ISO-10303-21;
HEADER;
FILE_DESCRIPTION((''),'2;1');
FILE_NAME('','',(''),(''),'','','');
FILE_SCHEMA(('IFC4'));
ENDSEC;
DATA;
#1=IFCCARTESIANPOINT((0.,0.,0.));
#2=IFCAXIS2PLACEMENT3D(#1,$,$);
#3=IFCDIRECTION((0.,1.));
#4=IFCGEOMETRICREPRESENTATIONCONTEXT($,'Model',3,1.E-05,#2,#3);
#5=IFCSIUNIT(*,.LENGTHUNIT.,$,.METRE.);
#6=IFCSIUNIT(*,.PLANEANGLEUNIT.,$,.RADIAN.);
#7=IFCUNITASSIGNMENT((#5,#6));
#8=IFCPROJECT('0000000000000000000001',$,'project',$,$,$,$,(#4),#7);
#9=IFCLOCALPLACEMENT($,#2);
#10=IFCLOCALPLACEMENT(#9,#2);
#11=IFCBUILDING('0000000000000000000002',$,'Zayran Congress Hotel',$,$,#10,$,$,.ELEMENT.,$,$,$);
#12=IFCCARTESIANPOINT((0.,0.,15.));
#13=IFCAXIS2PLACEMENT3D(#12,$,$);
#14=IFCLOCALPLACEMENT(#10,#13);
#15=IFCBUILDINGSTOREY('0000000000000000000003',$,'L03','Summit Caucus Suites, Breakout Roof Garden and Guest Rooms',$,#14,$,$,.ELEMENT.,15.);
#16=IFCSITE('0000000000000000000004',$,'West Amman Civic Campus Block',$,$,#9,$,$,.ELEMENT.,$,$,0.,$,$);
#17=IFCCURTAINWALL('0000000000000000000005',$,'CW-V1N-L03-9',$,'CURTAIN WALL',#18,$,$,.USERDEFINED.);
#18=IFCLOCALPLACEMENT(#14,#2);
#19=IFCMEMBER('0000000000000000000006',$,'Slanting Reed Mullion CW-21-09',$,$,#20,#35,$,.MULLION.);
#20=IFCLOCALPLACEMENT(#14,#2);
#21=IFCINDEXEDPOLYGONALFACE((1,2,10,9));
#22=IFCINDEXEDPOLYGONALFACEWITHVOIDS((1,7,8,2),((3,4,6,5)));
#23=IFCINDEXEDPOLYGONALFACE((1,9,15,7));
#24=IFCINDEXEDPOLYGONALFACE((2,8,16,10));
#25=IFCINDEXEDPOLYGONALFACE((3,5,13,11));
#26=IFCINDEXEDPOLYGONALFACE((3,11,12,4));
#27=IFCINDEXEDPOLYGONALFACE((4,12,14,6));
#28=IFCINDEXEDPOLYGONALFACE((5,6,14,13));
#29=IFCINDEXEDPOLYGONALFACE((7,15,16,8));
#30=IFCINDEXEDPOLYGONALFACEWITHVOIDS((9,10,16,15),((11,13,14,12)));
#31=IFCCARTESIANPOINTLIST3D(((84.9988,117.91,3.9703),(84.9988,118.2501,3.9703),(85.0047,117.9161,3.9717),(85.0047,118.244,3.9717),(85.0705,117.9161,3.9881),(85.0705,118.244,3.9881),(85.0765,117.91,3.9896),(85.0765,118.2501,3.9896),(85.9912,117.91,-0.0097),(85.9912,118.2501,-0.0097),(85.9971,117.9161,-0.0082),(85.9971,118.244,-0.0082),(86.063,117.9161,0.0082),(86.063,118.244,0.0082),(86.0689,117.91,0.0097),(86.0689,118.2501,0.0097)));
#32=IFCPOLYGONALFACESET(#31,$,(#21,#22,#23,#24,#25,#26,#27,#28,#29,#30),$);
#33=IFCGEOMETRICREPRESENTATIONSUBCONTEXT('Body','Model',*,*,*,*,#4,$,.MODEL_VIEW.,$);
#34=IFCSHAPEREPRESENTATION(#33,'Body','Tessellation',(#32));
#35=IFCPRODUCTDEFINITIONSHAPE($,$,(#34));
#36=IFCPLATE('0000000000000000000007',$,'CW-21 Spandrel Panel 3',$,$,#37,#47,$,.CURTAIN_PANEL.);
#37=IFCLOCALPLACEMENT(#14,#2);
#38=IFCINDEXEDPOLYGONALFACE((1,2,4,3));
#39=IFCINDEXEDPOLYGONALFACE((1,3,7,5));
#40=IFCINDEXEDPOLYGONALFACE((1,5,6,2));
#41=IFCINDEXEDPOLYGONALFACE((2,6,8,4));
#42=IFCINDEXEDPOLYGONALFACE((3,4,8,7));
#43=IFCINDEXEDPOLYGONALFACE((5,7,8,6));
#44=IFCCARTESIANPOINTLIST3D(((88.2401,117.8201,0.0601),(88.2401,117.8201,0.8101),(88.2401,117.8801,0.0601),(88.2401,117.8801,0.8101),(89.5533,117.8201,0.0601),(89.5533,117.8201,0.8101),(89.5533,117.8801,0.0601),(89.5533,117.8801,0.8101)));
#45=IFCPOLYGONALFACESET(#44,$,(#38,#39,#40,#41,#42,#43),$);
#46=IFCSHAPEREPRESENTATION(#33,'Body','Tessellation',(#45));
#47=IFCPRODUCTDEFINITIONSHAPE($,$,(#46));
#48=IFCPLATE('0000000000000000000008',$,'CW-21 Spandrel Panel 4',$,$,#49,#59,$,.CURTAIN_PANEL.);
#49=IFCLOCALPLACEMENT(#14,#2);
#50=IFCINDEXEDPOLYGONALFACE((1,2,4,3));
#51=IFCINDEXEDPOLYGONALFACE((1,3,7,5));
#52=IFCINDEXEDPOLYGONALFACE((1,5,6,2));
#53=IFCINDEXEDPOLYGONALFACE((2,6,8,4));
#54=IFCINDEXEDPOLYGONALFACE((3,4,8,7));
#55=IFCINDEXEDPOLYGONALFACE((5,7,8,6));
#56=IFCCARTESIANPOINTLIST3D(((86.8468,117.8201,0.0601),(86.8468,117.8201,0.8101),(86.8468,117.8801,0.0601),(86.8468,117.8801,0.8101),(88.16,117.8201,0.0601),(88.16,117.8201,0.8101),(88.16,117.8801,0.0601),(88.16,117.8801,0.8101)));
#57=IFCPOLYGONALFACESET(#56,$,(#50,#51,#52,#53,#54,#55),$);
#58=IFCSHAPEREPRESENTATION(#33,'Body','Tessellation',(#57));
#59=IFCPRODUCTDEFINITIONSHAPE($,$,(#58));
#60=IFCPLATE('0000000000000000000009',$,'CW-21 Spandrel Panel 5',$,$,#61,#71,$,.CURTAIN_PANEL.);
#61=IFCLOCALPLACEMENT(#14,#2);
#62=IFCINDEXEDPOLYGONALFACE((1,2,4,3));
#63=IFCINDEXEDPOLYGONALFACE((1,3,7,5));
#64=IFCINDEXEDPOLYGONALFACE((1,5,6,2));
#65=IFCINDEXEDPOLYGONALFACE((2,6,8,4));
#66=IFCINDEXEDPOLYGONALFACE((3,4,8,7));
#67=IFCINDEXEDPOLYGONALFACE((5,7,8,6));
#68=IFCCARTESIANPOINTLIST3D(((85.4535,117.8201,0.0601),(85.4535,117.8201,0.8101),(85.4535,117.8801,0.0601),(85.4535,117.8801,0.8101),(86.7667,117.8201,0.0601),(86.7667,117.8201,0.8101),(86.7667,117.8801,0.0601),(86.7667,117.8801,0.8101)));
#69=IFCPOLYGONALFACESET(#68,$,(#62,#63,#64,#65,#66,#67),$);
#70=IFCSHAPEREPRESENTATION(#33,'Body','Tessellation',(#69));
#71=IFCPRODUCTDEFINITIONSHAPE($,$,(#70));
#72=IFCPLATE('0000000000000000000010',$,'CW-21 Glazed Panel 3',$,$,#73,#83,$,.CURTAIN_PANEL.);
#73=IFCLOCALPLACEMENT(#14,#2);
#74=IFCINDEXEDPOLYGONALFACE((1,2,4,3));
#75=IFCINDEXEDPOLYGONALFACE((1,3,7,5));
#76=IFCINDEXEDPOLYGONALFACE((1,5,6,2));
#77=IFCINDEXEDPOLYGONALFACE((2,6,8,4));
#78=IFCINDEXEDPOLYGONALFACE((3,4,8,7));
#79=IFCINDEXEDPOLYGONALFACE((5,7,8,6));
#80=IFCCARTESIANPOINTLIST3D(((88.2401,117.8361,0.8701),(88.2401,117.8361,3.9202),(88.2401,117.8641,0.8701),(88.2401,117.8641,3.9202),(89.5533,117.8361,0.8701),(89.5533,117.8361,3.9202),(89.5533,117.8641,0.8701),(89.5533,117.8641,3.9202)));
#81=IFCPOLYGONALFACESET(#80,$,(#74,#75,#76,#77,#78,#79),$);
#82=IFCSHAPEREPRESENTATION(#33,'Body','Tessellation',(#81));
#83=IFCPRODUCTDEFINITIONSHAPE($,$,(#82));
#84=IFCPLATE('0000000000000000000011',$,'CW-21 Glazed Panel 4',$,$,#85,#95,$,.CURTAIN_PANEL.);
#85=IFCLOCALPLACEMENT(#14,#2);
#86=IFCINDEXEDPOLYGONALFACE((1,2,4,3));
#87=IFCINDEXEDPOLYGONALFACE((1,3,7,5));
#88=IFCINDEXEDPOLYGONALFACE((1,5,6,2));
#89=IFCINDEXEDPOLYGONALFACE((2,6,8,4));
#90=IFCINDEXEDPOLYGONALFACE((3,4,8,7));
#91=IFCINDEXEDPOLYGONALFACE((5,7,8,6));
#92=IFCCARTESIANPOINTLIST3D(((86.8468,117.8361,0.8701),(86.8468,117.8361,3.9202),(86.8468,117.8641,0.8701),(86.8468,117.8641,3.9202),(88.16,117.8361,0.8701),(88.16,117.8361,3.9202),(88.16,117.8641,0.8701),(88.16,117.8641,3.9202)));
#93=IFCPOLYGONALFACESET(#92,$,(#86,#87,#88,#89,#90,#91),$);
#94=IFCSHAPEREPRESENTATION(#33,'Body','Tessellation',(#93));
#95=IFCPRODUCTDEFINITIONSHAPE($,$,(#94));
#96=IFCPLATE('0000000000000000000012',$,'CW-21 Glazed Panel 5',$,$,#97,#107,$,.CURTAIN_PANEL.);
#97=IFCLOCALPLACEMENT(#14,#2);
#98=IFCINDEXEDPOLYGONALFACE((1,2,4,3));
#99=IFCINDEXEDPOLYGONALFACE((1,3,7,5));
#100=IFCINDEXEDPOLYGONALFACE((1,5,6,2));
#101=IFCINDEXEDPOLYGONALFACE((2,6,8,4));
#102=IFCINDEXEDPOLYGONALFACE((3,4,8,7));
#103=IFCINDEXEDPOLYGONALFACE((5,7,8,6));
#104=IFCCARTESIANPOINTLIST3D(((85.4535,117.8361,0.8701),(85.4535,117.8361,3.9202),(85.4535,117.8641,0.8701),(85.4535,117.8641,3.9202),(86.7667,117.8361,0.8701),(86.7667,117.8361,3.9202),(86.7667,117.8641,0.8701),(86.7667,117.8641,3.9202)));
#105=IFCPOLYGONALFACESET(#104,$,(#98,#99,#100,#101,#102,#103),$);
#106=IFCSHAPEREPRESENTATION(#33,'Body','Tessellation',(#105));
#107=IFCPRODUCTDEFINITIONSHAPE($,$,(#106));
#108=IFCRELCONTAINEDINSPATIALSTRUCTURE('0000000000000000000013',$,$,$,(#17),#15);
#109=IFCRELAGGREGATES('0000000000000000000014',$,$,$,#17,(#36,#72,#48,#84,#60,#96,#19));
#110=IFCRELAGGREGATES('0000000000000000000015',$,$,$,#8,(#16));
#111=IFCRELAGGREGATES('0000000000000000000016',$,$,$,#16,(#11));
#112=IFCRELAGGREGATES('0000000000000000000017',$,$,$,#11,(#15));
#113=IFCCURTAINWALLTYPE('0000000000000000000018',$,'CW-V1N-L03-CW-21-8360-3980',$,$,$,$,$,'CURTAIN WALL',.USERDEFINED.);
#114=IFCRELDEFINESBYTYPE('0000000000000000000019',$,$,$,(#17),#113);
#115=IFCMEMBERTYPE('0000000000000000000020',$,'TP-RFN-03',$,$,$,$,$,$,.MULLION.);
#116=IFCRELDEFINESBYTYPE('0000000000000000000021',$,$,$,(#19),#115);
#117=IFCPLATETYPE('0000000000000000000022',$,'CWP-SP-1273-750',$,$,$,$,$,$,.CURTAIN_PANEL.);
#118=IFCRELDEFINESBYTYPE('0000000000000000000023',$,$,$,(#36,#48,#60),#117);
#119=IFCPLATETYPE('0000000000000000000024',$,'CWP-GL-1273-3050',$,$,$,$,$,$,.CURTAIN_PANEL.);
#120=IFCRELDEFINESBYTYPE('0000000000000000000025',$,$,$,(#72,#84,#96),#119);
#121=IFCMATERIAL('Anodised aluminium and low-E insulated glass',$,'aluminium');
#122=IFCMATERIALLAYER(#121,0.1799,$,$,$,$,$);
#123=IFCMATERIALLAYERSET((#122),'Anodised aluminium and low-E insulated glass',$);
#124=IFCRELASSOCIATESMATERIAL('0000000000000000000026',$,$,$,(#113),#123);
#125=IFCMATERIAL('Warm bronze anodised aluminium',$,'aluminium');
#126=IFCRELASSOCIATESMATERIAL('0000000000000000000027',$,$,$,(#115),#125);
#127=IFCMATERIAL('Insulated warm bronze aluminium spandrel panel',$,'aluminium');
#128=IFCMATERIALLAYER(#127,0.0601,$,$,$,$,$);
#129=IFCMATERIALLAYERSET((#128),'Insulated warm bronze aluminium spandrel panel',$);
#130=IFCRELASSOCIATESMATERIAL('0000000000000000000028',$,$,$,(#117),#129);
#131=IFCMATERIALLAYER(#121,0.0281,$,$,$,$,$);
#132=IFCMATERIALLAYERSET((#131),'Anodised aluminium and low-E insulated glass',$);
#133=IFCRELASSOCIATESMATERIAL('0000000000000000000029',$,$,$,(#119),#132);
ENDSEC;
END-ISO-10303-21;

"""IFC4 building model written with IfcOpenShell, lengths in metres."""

from ifc_helpers import new_model, si_unit, direction, frame, origin, origin_2d, place, context, subcontext, project, spatial, rectangle, hollow_rectangle, extrude, material, layer, layer_set, material_profile, profile_set, type_object, element, aggregate, save


model = new_model("IFC4")

# Units and contexts
model_context = context("Model", 3, precision=1e-05, world=origin(), true_north=direction((0.0, 1.0)))
body_context = subcontext(model_context, "Body", "Model", "MODEL_VIEW")
ifc_project = project(units=[si_unit("LENGTHUNIT", "METRE"), si_unit("PLANEANGLEUNIT", "RADIAN")], contexts=[model_context])

# Site, building, storey
site_placement = place(None, origin())
site = spatial("IfcSite", under=ifc_project, at=site_placement, Name="West Amman Civic Campus Block", CompositionType="ELEMENT", RefElevation=0.0)
building_placement = place(site_placement, origin())
building = spatial("IfcBuilding", under=site, at=building_placement, Name="Zayran Congress Hotel", CompositionType="ELEMENT")
storey_placement = place(building_placement, frame((0.0, 0.0, 15.0)))
storey = spatial("IfcBuildingStorey", under=building, at=storey_placement, Name="L03", Description="Summit Caucus Suites, Breakout Roof Garden and Guest Rooms", CompositionType="ELEMENT", Elevation=15.0)

# Curtain wall, member, plates
ifc_material_1 = material(Name="Anodised aluminium and low-E insulated glass", Category="aluminium")
ifc_layer_1 = layer(ifc_material_1, 0.1799)
ifc_layer_set_1 = layer_set([ifc_layer_1], Name="Anodised aluminium and low-E insulated glass")
curtain_wall_type = type_object("IfcCurtainWallType", Name="CW-V1N-L03-CW-21-8360-3980", ElementType="CURTAIN WALL", PredefinedType="USERDEFINED", material=ifc_layer_set_1)
curtain_wall_placement = place(storey_placement, origin())
curtain_wall = element("IfcCurtainWall", 1, at=curtain_wall_placement, inside=storey, type_object=curtain_wall_type, Name="CW-V1N-L03-9", ObjectType="CURTAIN WALL", PredefinedType="USERDEFINED")
ifc_material_2 = material(Name="Warm bronze anodised aluminium", Category="aluminium")
ifc_material_profile_1 = material_profile(ifc_material_2, hollow_rectangle(XDim=0.0801, YDim=0.3401, WallThickness=0.0061, at=origin_2d()), Name="RHS 340x80x6")
ifc_profile_set_1 = profile_set([ifc_material_profile_1], Name="Warm bronze anodised aluminium")
member_type_1 = type_object("IfcMemberType", Name="TP-RFN-03", PredefinedType="MULLION", material=ifc_profile_set_1)
member_1_placement = place(storey_placement, frame((86.03, 118.0801, 0.0), z_axis=(-0.241947, 0.0, 0.970289), x_axis=(0.970289, 0.0, 0.241947)))
member_1 = element("IfcMember", 2, at=member_1_placement, type_object=member_type_1, Name="Slanting Reed Mullion CW-21-09", PredefinedType="MULLION", context=body_context, shape_type="SweptSolid", body=[
    extrude(hollow_rectangle(XDim=0.0801, YDim=0.3401, WallThickness=0.0061, at=origin_2d()), origin(), (0.0, 0.0, 1.0), 4.1018),
])
ifc_material_3 = material(Name="Insulated warm bronze aluminium spandrel panel", Category="aluminium")
ifc_layer_2 = layer(ifc_material_3, 0.0601)
ifc_layer_set_2 = layer_set([ifc_layer_2], Name="Insulated warm bronze aluminium spandrel panel")
plate_type_1 = type_object("IfcPlateType", Name="CWP-SP-1273-750", PredefinedType="CURTAIN_PANEL", material=ifc_layer_set_2)
plate_1_placement = place(storey_placement, frame((88.8967, 117.8501, 0.0601), z_axis=(0.0, 0.0, 1.0), x_axis=(1.0, 0.0, 0.0)))
plate_1 = element("IfcPlate", 3, at=plate_1_placement, type_object=plate_type_1, Name="CW-21 Spandrel Panel 3", PredefinedType="CURTAIN_PANEL", context=body_context, shape_type="SweptSolid", body=[
    extrude(rectangle(XDim=1.3132, YDim=0.0601, at=origin_2d()), origin(), (0.0, 0.0, 1.0), 0.75),
])
plate_2_placement = place(storey_placement, frame((87.5034, 117.8501, 0.0601), z_axis=(0.0, 0.0, 1.0), x_axis=(1.0, 0.0, 0.0)))
plate_2 = element("IfcPlate", 4, at=plate_2_placement, type_object=plate_type_1, Name="CW-21 Spandrel Panel 4", PredefinedType="CURTAIN_PANEL", context=body_context, shape_type="SweptSolid", body=[
    extrude(rectangle(XDim=1.3132, YDim=0.0601, at=origin_2d()), origin(), (0.0, 0.0, 1.0), 0.75),
])
plate_3_placement = place(storey_placement, frame((86.1101, 117.8501, 0.0601), z_axis=(0.0, 0.0, 1.0), x_axis=(1.0, 0.0, 0.0)))
plate_3 = element("IfcPlate", 5, at=plate_3_placement, type_object=plate_type_1, Name="CW-21 Spandrel Panel 5", PredefinedType="CURTAIN_PANEL", context=body_context, shape_type="SweptSolid", body=[
    extrude(rectangle(XDim=1.3132, YDim=0.0601, at=origin_2d()), origin(), (0.0, 0.0, 1.0), 0.75),
])
ifc_layer_3 = layer(ifc_material_1, 0.0281)
ifc_layer_set_3 = layer_set([ifc_layer_3], Name="Anodised aluminium and low-E insulated glass")
plate_type_2 = type_object("IfcPlateType", Name="CWP-GL-1273-3050", PredefinedType="CURTAIN_PANEL", material=ifc_layer_set_3)
plate_4_placement = place(storey_placement, frame((88.8967, 117.8501, 0.8701), z_axis=(0.0, 0.0, 1.0), x_axis=(1.0, 0.0, 0.0)))
plate_4 = element("IfcPlate", 6, at=plate_4_placement, type_object=plate_type_2, Name="CW-21 Glazed Panel 3", PredefinedType="CURTAIN_PANEL", context=body_context, shape_type="SweptSolid", body=[
    extrude(rectangle(XDim=1.3132, YDim=0.0281, at=origin_2d()), origin(), (0.0, 0.0, 1.0), 3.05),
])
plate_5_placement = place(storey_placement, frame((87.5034, 117.8501, 0.8701), z_axis=(0.0, 0.0, 1.0), x_axis=(1.0, 0.0, 0.0)))
plate_5 = element("IfcPlate", 7, at=plate_5_placement, type_object=plate_type_2, Name="CW-21 Glazed Panel 4", PredefinedType="CURTAIN_PANEL", context=body_context, shape_type="SweptSolid", body=[
    extrude(rectangle(XDim=1.3132, YDim=0.0281, at=origin_2d()), origin(), (0.0, 0.0, 1.0), 3.05),
])
plate_6_placement = place(storey_placement, frame((86.1101, 117.8501, 0.8701), z_axis=(0.0, 0.0, 1.0), x_axis=(1.0, 0.0, 0.0)))
plate_6 = element("IfcPlate", 8, at=plate_6_placement, type_object=plate_type_2, Name="CW-21 Glazed Panel 5", PredefinedType="CURTAIN_PANEL", context=body_context, shape_type="SweptSolid", body=[
    extrude(rectangle(XDim=1.3132, YDim=0.0281, at=origin_2d()), origin(), (0.0, 0.0, 1.0), 3.05),
])
aggregate(curtain_wall, [plate_1, plate_4, plate_2, plate_5, plate_3, plate_6, member_1])

save(model, "model.ifc")
